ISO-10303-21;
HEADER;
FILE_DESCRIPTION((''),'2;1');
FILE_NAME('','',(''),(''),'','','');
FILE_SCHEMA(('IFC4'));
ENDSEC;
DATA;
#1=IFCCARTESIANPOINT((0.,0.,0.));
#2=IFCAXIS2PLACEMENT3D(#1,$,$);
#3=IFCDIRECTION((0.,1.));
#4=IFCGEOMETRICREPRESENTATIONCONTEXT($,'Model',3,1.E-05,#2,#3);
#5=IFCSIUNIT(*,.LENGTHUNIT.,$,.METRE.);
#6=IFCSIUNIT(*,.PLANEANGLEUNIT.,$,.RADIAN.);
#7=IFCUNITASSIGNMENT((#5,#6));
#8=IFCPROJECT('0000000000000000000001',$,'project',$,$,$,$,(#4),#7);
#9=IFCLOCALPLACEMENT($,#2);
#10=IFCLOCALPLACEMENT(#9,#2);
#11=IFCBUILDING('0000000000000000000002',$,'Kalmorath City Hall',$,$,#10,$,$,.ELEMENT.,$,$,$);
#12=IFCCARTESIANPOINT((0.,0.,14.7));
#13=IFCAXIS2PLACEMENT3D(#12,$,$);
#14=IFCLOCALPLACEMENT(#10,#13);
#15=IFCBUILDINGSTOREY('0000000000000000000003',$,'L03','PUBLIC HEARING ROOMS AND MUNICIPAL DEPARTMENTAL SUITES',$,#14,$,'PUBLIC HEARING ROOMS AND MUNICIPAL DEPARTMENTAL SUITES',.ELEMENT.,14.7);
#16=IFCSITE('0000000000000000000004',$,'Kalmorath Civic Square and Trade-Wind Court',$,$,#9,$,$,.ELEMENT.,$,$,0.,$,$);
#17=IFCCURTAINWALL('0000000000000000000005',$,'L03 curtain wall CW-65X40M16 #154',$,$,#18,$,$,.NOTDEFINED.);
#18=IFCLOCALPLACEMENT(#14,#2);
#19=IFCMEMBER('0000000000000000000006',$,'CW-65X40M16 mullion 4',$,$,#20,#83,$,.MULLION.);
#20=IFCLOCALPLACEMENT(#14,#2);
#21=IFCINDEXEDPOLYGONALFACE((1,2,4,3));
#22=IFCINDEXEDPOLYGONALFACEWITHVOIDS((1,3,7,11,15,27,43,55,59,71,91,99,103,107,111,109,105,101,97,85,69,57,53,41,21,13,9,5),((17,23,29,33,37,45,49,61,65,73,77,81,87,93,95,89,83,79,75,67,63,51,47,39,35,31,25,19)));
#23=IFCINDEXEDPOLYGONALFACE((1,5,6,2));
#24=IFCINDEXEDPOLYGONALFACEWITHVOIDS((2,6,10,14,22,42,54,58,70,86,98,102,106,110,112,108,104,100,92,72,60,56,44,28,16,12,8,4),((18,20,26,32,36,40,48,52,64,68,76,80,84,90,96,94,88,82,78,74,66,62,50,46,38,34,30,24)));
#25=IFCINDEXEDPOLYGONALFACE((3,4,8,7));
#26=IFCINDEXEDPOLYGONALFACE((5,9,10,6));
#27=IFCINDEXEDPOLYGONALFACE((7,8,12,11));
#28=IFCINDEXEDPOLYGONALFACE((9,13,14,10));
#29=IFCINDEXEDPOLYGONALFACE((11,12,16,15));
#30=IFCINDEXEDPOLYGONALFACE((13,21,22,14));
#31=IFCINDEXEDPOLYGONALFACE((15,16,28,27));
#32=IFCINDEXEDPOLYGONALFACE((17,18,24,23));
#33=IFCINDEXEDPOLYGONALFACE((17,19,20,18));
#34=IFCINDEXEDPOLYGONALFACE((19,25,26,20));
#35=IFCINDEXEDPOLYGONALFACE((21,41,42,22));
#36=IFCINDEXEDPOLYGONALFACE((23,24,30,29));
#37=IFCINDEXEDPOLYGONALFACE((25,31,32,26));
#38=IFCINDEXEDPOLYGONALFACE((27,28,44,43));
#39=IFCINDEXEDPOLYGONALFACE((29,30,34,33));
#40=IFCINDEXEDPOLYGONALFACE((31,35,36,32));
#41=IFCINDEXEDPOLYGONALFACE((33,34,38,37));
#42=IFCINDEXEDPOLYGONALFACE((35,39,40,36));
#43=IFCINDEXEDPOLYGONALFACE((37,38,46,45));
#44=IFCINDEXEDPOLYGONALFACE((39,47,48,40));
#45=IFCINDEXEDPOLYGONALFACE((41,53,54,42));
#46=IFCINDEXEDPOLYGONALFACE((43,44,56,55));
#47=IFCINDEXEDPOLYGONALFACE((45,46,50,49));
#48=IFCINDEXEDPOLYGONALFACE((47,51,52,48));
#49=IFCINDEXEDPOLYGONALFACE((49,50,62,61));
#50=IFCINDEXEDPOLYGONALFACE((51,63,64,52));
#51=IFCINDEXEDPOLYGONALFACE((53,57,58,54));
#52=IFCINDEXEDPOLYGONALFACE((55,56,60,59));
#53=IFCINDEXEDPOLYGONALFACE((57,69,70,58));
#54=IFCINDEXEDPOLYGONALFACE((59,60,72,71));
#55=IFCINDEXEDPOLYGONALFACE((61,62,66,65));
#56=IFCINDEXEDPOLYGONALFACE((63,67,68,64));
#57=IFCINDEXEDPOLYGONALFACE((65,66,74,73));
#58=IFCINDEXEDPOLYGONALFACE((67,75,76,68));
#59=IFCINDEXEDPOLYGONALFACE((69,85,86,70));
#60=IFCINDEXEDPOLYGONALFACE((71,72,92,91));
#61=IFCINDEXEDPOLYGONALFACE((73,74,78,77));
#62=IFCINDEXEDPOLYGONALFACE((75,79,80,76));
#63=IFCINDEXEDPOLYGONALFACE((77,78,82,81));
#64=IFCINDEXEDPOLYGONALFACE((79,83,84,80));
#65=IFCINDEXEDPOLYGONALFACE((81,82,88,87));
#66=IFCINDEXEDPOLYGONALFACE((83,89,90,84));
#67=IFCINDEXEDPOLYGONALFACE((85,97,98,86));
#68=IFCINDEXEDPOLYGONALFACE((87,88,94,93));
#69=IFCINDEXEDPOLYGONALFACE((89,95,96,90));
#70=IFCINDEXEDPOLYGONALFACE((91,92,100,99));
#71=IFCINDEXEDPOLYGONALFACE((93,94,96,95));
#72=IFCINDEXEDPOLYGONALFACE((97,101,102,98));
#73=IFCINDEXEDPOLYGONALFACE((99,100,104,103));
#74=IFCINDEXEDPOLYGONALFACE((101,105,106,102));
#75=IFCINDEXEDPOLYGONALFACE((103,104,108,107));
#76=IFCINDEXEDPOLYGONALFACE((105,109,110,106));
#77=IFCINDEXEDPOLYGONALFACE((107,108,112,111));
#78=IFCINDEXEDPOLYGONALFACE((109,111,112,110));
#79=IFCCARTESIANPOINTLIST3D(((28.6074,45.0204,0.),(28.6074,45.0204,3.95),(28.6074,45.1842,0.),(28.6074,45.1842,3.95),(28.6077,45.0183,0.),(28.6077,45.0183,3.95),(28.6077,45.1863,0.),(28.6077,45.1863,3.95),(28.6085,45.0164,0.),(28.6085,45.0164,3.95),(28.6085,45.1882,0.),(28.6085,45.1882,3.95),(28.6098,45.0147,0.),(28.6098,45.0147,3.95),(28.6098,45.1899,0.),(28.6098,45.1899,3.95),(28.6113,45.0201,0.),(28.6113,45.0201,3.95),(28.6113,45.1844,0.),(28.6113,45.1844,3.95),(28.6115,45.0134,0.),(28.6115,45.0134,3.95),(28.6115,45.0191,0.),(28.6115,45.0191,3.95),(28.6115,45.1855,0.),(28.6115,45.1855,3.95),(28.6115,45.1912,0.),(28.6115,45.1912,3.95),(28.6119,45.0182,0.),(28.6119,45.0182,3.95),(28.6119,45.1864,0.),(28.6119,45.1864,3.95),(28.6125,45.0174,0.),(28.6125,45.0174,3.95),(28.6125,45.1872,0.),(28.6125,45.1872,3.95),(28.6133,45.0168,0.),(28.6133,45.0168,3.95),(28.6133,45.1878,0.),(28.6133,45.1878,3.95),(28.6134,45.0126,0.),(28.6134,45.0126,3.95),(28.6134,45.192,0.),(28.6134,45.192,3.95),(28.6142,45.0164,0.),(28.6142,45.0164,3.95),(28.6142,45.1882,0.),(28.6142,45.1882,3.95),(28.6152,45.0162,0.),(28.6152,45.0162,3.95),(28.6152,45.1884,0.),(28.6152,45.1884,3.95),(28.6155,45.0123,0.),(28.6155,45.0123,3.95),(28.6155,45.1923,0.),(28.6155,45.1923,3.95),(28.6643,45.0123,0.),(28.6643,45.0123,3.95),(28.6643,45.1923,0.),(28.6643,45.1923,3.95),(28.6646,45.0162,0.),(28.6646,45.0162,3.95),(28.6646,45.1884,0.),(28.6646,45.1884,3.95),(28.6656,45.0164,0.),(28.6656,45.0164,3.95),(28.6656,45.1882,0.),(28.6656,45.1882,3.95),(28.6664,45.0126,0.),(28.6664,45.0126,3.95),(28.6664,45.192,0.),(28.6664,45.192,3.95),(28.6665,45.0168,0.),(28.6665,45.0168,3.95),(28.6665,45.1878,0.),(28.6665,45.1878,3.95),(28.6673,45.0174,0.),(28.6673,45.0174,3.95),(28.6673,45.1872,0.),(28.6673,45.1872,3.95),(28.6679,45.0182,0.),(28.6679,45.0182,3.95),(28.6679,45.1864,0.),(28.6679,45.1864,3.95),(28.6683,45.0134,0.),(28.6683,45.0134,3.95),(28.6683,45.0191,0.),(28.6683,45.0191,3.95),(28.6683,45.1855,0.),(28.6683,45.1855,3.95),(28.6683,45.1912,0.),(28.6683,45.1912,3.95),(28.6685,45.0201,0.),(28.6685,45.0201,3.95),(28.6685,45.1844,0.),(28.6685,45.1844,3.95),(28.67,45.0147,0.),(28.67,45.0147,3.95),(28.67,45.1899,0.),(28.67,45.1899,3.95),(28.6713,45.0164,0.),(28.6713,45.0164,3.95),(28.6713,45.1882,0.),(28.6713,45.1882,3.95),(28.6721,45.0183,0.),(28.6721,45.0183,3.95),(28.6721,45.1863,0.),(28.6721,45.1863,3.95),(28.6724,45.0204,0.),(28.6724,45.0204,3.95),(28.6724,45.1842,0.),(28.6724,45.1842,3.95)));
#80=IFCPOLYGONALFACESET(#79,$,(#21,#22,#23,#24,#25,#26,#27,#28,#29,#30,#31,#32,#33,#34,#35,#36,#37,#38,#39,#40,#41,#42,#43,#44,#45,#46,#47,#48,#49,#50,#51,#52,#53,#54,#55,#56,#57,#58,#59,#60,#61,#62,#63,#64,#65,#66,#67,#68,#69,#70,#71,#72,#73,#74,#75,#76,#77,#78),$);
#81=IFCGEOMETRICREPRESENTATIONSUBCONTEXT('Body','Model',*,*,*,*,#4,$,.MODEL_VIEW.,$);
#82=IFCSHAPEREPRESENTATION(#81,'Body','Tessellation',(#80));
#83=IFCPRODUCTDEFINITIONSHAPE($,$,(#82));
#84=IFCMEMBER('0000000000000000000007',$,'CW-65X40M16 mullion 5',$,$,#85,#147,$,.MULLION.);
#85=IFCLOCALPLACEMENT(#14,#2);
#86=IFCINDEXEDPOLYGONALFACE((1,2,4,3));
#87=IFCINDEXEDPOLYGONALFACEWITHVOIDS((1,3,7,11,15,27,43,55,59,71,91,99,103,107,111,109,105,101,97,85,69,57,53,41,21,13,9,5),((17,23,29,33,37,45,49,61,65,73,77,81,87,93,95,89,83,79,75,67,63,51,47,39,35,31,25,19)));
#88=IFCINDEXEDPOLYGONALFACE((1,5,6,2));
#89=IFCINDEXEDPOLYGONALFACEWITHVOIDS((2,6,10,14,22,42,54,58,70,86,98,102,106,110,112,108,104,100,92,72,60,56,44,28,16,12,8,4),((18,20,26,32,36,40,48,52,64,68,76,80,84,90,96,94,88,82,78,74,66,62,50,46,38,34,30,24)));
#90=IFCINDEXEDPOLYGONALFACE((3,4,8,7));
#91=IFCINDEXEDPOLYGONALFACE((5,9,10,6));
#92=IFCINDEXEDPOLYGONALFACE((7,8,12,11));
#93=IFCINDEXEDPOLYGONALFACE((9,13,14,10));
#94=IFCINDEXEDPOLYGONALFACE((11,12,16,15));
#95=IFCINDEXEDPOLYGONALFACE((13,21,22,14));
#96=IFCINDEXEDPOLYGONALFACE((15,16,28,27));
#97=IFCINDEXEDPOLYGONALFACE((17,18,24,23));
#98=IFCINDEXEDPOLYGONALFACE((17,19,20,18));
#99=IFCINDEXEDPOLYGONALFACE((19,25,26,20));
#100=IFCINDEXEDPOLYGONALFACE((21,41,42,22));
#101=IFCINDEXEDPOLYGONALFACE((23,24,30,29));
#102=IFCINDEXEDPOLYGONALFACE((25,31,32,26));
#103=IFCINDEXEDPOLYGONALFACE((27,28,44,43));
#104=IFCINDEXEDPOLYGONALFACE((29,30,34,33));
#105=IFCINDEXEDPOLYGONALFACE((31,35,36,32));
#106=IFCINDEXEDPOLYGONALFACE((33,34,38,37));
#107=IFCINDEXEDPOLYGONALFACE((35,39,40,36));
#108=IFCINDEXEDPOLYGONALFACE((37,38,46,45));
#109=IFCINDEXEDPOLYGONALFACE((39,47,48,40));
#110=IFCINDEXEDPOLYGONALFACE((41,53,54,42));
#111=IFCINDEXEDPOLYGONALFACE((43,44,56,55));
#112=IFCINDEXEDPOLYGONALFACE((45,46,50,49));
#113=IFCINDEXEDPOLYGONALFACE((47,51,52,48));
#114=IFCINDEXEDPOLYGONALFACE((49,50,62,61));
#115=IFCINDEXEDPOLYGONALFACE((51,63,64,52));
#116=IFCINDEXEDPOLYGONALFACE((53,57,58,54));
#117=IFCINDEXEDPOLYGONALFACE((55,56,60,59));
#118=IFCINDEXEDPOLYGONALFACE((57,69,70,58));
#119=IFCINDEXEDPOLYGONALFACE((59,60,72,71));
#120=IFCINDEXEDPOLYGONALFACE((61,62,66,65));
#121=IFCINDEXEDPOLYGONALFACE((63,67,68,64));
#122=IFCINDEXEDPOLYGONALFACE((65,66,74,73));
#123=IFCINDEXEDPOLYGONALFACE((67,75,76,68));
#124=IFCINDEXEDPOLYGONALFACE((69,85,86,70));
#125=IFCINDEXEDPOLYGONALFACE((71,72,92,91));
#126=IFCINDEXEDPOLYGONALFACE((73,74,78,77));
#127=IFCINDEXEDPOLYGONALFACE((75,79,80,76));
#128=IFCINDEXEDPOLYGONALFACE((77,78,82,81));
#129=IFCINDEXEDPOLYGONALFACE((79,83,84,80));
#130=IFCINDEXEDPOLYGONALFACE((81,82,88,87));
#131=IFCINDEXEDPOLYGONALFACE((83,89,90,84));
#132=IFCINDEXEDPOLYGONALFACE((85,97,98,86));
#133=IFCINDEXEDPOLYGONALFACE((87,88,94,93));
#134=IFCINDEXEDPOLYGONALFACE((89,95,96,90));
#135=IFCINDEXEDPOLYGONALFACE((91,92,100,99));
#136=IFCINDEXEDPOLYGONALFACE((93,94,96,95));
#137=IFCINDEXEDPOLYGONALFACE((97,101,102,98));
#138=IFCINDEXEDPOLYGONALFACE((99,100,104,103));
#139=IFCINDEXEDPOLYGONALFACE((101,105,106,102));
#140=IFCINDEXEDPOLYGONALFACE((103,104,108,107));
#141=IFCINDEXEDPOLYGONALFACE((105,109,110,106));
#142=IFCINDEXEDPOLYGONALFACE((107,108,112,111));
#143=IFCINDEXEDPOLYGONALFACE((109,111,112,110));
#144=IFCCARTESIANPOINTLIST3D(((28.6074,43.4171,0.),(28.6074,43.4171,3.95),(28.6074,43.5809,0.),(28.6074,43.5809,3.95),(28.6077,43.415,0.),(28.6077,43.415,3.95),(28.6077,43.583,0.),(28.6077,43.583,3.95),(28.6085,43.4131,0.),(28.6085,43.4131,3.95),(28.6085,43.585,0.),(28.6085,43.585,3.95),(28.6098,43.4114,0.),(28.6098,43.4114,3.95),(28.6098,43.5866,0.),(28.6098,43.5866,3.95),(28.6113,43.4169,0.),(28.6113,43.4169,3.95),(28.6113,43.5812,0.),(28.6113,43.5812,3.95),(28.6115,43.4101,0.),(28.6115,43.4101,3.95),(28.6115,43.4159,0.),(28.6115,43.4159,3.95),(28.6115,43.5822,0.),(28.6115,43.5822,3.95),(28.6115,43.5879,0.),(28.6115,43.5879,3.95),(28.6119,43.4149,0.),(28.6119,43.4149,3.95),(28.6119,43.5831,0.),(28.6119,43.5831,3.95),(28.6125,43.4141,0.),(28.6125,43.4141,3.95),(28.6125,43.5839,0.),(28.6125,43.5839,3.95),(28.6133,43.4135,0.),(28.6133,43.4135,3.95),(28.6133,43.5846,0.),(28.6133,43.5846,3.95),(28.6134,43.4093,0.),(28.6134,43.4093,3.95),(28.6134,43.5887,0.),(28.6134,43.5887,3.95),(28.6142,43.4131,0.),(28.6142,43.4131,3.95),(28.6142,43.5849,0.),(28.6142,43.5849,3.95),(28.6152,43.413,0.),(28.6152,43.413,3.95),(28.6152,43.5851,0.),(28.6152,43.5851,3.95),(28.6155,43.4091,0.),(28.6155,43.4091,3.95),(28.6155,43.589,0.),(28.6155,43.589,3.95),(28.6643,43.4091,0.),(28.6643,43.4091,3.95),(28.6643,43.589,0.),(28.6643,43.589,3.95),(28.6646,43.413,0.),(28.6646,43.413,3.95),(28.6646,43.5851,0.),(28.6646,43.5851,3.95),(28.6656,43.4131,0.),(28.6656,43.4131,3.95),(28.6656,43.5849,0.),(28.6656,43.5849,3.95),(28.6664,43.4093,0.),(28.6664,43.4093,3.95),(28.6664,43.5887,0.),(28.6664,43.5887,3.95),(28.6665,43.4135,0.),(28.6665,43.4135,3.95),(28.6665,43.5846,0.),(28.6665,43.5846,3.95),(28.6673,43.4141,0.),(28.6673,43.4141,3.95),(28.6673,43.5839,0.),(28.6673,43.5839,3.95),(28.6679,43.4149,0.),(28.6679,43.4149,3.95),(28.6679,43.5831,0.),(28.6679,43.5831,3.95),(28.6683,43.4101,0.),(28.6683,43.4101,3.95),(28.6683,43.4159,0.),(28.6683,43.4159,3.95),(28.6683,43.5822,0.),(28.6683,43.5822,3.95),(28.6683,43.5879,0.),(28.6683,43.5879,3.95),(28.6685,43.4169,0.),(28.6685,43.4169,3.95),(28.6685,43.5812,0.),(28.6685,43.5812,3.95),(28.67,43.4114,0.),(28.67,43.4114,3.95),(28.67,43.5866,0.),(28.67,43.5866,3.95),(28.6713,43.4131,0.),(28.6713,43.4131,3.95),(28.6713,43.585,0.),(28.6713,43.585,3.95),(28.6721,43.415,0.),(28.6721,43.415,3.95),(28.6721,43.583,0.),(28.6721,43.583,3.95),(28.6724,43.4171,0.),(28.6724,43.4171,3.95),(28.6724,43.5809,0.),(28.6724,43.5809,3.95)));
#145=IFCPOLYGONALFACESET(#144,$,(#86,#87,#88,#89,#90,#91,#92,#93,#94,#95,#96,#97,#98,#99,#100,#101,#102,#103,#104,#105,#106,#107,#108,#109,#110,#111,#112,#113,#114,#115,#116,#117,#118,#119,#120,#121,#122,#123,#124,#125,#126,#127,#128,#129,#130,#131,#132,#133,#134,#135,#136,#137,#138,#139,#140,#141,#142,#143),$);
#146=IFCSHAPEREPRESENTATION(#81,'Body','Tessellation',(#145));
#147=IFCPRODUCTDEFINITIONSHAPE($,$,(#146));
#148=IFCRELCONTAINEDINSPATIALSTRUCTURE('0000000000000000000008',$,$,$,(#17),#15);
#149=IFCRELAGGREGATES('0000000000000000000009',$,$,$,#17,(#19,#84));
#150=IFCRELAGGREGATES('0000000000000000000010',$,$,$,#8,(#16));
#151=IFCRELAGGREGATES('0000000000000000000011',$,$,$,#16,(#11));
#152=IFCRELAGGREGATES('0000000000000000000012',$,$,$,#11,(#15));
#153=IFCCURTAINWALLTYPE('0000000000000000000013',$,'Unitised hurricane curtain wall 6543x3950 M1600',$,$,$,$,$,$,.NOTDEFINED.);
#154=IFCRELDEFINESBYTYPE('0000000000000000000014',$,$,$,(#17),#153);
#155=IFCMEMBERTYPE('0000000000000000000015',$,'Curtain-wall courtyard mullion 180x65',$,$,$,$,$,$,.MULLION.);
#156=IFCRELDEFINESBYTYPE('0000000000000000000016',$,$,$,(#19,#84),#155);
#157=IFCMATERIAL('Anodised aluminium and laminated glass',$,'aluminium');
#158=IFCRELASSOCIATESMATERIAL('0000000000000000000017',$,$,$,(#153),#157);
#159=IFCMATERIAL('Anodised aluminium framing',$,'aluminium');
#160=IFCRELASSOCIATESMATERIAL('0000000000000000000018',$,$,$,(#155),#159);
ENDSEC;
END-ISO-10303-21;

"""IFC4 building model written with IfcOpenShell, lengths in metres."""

from ifc_helpers import new_model, si_unit, direction, frame, origin, origin_2d, place, context, subcontext, project, spatial, hollow_rectangle, extrude, material, material_profile, profile_set, type_object, element, aggregate, save


model = new_model("IFC4")

# Units and contexts
model_context = context("Model", 3, precision=1e-05, world=origin(), true_north=direction((0.0, 1.0)))
body_context = subcontext(model_context, "Body", "Model", "MODEL_VIEW")
ifc_project = project(units=[si_unit("LENGTHUNIT", "METRE"), si_unit("PLANEANGLEUNIT", "RADIAN")], contexts=[model_context])

# Site, building, storey
site_placement = place(None, origin())
site = spatial("IfcSite", under=ifc_project, at=site_placement, Name="Kalmorath Civic Square and Trade-Wind Court", CompositionType="ELEMENT", RefElevation=0.0)
building_placement = place(site_placement, origin())
building = spatial("IfcBuilding", under=site, at=building_placement, Name="Kalmorath City Hall", CompositionType="ELEMENT")
storey_placement = place(building_placement, frame((0.0, 0.0, 14.7)))
storey = spatial("IfcBuildingStorey", under=building, at=storey_placement, Name="L03", Description="PUBLIC HEARING ROOMS AND MUNICIPAL DEPARTMENTAL SUITES", LongName="PUBLIC HEARING ROOMS AND MUNICIPAL DEPARTMENTAL SUITES", CompositionType="ELEMENT", Elevation=14.7)

# Curtain wall, members
ifc_material_1 = material(Name="Anodised aluminium and laminated glass", Category="aluminium")
curtain_wall_type = type_object("IfcCurtainWallType", Name="Unitised hurricane curtain wall 6543x3950 M1600", PredefinedType="NOTDEFINED", material=ifc_material_1)
curtain_wall_placement = place(storey_placement, origin())
curtain_wall = element("IfcCurtainWall", 1, at=curtain_wall_placement, inside=storey, type_object=curtain_wall_type, Name="L03 curtain wall CW-65X40M16 #154", PredefinedType="NOTDEFINED")
ifc_material_2 = material(Name="Anodised aluminium framing", Category="aluminium")
ifc_material_profile_1 = material_profile(ifc_material_2, hollow_rectangle(XDim=0.0649, YDim=0.1799, WallThickness=0.0039, InnerFilletRadius=0.0039, OuterFilletRadius=0.0081, at=origin_2d()), Name="ALU-MUL-180X65X4")
ifc_profile_set_1 = profile_set([ifc_material_profile_1], Name="Anodised aluminium framing")
member_type_1 = type_object("IfcMemberType", Name="Curtain-wall courtyard mullion 180x65", PredefinedType="MULLION", material=ifc_profile_set_1)
member_1_placement = place(storey_placement, frame((28.6399, 45.1023, 0.0), z_axis=(0.0, 0.0, 1.0), x_axis=(1.0, 0.0, 0.0)))
member_1 = element("IfcMember", 2, at=member_1_placement, type_object=member_type_1, Name="CW-65X40M16 mullion 4", PredefinedType="MULLION", context=body_context, shape_type="SweptSolid", body=[
    extrude(hollow_rectangle(XDim=0.0649, YDim=0.1799, WallThickness=0.0039, InnerFilletRadius=0.0039, OuterFilletRadius=0.0081, at=origin_2d()), origin(), (0.0, 0.0, 1.0), 3.95),
])
member_2_placement = place(storey_placement, frame((28.6399, 43.499, 0.0), z_axis=(0.0, 0.0, 1.0), x_axis=(1.0, 0.0, 0.0)))
member_2 = element("IfcMember", 3, at=member_2_placement, type_object=member_type_1, Name="CW-65X40M16 mullion 5", PredefinedType="MULLION", context=body_context, shape_type="SweptSolid", body=[
    extrude(hollow_rectangle(XDim=0.0649, YDim=0.1799, WallThickness=0.0039, InnerFilletRadius=0.0039, OuterFilletRadius=0.0081, at=origin_2d()), origin(), (0.0, 0.0, 1.0), 3.95),
])

aggregate(curtain_wall, [member_1, member_2])

save(model, "model.ifc")
